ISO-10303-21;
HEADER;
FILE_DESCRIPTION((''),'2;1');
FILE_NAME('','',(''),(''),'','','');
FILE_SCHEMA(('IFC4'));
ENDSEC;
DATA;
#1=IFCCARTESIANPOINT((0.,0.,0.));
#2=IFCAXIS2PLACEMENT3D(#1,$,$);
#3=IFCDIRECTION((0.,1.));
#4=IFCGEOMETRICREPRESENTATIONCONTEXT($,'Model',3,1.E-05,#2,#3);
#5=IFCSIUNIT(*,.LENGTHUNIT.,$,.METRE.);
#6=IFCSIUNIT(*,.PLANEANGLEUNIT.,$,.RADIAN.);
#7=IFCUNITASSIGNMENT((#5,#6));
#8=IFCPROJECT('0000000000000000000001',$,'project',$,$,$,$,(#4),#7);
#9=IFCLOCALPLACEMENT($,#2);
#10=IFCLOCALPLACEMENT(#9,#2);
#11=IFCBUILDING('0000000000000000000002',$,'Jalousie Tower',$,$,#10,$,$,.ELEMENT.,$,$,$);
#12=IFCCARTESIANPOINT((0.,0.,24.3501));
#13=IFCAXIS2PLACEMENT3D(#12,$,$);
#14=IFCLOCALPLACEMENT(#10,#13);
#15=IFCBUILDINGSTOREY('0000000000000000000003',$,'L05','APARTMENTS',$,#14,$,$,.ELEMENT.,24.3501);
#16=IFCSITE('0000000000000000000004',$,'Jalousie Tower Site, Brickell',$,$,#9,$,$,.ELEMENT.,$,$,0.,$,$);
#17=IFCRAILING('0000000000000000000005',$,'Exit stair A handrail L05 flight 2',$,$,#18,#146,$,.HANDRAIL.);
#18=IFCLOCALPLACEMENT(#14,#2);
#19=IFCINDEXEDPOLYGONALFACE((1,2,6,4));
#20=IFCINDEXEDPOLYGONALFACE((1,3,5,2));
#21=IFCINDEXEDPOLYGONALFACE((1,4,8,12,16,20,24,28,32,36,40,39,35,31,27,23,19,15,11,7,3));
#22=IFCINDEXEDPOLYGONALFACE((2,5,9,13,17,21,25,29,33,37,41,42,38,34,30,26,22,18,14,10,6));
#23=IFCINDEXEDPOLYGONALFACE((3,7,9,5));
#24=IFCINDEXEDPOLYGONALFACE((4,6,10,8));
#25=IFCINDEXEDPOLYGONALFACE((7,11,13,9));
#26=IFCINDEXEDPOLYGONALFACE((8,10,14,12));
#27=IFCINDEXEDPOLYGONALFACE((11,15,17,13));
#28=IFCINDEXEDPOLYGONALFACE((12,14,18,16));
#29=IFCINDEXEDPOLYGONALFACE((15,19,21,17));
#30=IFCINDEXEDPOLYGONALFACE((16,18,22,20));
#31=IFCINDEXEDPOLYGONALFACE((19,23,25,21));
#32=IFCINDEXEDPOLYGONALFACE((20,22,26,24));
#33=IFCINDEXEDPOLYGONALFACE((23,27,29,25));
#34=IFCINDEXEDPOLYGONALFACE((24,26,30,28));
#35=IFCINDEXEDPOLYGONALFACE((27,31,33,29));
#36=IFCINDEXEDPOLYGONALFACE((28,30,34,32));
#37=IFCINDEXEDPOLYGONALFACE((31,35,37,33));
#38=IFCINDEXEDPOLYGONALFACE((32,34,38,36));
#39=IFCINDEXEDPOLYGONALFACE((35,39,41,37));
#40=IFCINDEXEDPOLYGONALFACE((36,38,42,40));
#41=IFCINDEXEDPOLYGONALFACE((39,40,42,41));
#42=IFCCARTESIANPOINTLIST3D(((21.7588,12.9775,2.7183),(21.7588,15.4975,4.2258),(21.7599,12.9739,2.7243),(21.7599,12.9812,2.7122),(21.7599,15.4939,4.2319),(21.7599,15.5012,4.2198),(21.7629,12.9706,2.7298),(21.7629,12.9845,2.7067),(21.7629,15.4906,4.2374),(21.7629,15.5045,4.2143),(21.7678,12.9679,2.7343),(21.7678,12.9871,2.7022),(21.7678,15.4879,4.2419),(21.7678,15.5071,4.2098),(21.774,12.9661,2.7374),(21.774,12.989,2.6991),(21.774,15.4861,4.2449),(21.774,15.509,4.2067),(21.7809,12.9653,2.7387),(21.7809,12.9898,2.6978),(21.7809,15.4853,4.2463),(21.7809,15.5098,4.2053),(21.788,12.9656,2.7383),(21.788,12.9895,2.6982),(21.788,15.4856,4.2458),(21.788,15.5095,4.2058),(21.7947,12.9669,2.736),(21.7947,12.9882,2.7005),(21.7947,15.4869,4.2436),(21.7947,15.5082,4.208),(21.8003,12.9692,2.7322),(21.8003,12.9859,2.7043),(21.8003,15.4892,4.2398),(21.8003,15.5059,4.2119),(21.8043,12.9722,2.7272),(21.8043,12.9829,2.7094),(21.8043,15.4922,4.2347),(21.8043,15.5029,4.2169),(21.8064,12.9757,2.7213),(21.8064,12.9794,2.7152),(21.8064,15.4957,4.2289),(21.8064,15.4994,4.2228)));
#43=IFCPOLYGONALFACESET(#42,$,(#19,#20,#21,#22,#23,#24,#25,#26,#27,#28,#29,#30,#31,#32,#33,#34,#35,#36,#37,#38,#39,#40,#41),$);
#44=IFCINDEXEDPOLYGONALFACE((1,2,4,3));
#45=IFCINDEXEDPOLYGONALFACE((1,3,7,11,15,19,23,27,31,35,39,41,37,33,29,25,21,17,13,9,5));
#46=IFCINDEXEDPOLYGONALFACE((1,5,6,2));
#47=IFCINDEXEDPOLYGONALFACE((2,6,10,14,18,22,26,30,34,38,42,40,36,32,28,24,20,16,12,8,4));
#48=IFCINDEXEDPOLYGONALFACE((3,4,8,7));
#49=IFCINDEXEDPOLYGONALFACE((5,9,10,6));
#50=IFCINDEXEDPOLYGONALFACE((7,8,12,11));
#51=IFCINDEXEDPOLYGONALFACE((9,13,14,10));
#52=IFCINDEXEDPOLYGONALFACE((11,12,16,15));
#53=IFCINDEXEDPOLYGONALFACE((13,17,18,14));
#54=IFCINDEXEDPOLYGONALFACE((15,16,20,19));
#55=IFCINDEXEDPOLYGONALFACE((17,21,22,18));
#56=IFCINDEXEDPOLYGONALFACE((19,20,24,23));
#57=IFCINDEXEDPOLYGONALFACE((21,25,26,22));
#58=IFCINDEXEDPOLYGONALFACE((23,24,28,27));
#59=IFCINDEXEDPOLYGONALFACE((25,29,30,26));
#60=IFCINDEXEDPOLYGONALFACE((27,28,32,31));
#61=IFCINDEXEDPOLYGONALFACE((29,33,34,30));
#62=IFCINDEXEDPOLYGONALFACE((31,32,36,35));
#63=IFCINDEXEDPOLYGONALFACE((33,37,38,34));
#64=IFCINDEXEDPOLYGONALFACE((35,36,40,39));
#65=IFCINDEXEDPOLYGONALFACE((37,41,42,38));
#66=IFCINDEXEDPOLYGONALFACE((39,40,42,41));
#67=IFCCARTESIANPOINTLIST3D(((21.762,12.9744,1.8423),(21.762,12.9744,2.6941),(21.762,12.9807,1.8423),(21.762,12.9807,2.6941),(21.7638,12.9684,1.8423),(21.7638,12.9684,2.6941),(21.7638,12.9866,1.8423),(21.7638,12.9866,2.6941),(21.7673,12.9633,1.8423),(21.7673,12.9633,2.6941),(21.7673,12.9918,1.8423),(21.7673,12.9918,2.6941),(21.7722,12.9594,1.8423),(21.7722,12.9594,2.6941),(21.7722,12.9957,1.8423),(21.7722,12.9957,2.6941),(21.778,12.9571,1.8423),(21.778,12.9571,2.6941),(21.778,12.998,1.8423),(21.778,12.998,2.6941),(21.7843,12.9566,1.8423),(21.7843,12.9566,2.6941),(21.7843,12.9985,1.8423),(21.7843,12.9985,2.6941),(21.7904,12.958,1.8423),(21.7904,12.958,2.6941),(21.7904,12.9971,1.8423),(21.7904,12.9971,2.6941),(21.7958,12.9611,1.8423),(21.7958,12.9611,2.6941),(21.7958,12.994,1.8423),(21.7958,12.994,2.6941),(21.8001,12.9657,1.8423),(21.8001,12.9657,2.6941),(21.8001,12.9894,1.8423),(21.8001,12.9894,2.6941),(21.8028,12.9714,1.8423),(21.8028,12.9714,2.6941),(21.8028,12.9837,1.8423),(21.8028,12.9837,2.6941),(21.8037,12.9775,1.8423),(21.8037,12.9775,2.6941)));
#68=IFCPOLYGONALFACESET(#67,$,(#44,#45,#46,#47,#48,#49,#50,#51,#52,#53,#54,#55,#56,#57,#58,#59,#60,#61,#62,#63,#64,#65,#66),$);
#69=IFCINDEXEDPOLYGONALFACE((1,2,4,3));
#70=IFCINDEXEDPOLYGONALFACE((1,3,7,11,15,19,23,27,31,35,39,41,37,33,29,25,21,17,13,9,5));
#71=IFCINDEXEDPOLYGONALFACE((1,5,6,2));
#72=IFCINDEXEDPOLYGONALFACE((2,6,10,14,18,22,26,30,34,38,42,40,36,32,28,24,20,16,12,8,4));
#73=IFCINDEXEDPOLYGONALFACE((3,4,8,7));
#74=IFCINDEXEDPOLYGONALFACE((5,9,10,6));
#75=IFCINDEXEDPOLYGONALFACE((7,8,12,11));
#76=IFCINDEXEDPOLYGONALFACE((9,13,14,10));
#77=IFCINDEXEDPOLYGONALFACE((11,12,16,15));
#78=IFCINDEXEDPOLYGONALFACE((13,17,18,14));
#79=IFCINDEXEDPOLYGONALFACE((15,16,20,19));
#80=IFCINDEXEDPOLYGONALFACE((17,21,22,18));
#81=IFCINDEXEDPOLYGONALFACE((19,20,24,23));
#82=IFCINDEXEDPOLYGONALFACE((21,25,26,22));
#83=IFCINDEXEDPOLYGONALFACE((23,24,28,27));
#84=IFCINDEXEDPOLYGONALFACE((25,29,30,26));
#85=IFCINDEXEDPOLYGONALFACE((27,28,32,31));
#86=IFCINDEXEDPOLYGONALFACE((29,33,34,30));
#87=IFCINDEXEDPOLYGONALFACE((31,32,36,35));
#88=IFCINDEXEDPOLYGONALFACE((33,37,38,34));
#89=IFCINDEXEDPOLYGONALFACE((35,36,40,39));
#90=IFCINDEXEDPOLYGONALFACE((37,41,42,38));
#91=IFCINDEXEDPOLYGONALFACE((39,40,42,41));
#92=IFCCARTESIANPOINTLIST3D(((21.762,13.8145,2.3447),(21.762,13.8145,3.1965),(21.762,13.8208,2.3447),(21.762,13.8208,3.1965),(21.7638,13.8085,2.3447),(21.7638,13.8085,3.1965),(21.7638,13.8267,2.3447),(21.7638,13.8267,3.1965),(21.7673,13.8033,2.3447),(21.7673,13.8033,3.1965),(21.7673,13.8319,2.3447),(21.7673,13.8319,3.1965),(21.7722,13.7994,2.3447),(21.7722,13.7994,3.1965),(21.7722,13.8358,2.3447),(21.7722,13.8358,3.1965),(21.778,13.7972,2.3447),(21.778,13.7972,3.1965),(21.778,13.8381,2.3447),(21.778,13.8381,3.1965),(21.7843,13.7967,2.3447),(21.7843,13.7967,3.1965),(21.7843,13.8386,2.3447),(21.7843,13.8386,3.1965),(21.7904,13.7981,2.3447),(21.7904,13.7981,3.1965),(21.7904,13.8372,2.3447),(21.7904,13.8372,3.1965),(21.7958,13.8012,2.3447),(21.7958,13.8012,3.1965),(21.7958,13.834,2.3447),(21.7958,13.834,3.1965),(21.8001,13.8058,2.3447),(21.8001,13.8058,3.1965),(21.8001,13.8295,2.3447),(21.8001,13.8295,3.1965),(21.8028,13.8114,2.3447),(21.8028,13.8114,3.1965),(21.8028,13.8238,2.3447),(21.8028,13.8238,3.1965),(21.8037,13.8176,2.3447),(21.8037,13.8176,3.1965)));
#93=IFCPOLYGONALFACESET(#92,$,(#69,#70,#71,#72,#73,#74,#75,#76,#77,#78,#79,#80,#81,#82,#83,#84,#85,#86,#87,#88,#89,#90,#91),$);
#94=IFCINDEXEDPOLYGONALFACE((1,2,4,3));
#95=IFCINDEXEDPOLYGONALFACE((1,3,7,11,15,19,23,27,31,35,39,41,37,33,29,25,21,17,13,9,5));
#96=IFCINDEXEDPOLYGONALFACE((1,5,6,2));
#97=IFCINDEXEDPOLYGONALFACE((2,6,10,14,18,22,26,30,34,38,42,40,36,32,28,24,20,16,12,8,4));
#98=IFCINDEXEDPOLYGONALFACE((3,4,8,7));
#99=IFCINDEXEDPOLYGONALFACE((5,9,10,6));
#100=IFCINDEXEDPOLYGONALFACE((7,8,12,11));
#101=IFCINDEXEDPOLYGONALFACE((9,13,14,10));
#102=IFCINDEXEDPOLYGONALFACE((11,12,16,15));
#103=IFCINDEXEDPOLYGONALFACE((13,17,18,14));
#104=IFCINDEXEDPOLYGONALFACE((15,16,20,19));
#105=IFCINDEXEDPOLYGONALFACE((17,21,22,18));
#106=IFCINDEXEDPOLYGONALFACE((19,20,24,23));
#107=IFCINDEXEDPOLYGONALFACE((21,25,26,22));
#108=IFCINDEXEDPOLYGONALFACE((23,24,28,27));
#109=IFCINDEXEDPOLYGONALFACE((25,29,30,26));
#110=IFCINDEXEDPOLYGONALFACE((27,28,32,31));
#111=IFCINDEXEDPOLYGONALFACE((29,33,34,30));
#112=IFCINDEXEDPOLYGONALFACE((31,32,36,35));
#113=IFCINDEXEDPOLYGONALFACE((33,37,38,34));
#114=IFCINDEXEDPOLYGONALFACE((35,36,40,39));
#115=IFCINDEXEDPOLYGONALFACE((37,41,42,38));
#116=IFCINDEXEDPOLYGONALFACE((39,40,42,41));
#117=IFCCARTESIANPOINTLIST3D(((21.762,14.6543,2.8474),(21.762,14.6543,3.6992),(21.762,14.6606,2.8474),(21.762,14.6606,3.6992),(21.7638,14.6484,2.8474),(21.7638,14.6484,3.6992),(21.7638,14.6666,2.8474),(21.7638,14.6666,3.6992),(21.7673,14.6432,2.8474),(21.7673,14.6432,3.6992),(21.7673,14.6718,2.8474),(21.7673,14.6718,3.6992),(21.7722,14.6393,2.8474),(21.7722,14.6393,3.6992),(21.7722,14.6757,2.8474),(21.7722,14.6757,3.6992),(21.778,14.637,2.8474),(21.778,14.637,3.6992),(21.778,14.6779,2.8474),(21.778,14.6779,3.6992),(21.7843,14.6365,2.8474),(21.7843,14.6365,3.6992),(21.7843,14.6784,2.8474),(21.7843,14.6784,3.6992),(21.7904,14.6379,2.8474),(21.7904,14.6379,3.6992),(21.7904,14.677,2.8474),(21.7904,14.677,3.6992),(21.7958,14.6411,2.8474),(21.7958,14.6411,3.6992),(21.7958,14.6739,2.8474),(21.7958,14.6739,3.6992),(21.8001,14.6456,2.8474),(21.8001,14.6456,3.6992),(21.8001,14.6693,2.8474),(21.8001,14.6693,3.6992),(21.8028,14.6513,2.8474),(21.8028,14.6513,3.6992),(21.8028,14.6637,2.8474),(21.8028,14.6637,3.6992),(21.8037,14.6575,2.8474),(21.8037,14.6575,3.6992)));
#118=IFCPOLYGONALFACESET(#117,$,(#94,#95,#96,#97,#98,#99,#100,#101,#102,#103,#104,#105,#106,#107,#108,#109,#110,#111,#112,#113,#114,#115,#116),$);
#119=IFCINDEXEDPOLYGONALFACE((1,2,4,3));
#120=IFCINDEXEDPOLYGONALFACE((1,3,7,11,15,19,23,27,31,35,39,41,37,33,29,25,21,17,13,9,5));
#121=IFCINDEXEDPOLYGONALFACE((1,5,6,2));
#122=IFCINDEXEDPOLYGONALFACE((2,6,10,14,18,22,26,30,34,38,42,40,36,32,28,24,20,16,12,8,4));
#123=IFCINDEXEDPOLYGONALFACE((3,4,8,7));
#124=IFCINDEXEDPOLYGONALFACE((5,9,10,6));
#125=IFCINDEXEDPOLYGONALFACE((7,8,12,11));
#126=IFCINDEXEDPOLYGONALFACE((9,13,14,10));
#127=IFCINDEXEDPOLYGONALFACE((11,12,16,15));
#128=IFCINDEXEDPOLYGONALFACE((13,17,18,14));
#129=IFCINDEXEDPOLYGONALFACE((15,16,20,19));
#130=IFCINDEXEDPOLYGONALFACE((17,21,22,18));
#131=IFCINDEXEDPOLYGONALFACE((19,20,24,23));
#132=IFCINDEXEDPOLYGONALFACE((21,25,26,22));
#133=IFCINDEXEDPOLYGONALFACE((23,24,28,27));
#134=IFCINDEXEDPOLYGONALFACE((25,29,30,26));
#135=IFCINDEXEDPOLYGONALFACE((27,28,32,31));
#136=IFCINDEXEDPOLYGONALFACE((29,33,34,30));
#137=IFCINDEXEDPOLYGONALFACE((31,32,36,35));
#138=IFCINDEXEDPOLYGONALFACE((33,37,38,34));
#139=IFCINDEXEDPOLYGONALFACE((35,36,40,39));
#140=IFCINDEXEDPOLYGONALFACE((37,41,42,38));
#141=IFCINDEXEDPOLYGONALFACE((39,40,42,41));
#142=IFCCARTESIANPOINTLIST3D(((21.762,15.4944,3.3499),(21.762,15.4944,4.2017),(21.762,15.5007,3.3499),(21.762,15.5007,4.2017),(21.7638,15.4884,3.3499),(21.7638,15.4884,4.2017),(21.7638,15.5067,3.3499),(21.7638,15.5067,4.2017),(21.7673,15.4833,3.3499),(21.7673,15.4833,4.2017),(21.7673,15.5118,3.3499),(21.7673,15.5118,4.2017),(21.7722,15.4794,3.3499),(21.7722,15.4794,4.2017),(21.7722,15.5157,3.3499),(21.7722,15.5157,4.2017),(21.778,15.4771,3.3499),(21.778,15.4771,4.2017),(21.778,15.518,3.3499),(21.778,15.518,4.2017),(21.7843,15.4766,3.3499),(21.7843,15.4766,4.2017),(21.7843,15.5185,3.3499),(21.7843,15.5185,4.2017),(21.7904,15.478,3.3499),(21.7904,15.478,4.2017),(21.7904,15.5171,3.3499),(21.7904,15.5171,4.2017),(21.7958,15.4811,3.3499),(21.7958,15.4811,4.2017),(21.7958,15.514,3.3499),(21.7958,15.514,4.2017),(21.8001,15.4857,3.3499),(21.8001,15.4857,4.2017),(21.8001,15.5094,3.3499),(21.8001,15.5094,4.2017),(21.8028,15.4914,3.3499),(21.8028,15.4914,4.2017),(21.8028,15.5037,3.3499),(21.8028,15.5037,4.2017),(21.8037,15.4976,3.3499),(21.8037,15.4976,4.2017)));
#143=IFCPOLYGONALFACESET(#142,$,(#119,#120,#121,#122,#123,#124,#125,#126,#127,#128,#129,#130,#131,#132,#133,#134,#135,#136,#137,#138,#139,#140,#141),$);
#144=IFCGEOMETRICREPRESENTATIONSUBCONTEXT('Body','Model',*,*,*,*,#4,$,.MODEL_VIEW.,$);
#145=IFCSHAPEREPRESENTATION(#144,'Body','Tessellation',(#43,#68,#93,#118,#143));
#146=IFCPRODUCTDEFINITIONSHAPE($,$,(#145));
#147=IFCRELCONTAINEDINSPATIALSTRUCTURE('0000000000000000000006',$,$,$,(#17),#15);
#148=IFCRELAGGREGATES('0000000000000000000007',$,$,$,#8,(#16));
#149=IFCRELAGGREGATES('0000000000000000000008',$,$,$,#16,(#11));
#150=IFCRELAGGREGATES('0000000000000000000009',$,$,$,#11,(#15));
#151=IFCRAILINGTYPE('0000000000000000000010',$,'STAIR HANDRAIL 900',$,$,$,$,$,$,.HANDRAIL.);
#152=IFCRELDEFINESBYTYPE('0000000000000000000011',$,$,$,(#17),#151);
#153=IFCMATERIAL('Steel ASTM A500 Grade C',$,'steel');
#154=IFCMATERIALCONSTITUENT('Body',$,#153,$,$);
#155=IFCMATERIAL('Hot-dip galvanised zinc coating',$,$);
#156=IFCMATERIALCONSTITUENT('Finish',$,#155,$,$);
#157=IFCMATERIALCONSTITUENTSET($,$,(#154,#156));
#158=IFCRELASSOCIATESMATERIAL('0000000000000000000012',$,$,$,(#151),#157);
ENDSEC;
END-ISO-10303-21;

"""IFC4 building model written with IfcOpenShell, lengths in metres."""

from ifc_helpers import new_model, si_unit, direction, frame, origin, origin_2d, place, context, subcontext, project, spatial, circle, extrude, material, constituent, constituent_set, type_object, element, save


model = new_model("IFC4")

# Units and contexts
model_context = context("Model", 3, precision=1e-05, world=origin(), true_north=direction((0.0, 1.0)))
body_context = subcontext(model_context, "Body", "Model", "MODEL_VIEW")
ifc_project = project(units=[si_unit("LENGTHUNIT", "METRE"), si_unit("PLANEANGLEUNIT", "RADIAN")], contexts=[model_context])

# Site, building, storey
site_placement = place(None, origin())
site = spatial("IfcSite", under=ifc_project, at=site_placement, Name="Jalousie Tower Site, Brickell", CompositionType="ELEMENT", RefElevation=0.0)
building_placement = place(site_placement, origin())
building = spatial("IfcBuilding", under=site, at=building_placement, Name="Jalousie Tower", CompositionType="ELEMENT")
storey_placement = place(building_placement, frame((0.0, 0.0, 24.3501)))
storey = spatial("IfcBuildingStorey", under=building, at=storey_placement, Name="L05", Description="APARTMENTS", CompositionType="ELEMENT", Elevation=24.3501)

# Railing
ifc_material_1 = material(Name="Steel ASTM A500 Grade C", Category="steel")
ifc_constituent_1 = constituent(ifc_material_1, Name="Body")
ifc_material_2 = material(Name="Hot-dip galvanised zinc coating")
ifc_constituent_2 = constituent(ifc_material_2, Name="Finish")
ifc_constituent_set_1 = constituent_set(constituents=[ifc_constituent_1, ifc_constituent_2])
railing_type_1 = type_object("IfcRailingType", Name="STAIR HANDRAIL 900", PredefinedType="HANDRAIL", material=ifc_constituent_set_1)
railing_1_placement = place(storey_placement, frame((21.7827, 12.9775, 1.8423)))
element("IfcRailing", 1, at=railing_1_placement, inside=storey, type_object=railing_type_1, Name="Exit stair A handrail L05 flight 2", PredefinedType="HANDRAIL", context=body_context, shape_type="SweptSolid", body=[
    extrude(circle(Radius=0.0239, at=origin_2d()), frame((0.0, 0.0, 0.876), z_axis=(0.0, 0.85816, 0.513383), x_axis=(-1.0, 0.0, 0.0)), (0.0, 0.0, 1.0), 2.9365),
    extrude(circle(Radius=0.021, at=origin_2d()), origin(), (0.0, 0.0, 1.0), 0.8518),
    extrude(circle(Radius=0.021, at=origin_2d()), frame((0.0, 0.8401, 0.5024)), (0.0, 0.0, 1.0), 0.8518),
    extrude(circle(Radius=0.021, at=origin_2d()), frame((0.0, 1.6799, 1.0051)), (0.0, 0.0, 1.0), 0.8518),
    extrude(circle(Radius=0.021, at=origin_2d()), frame((0.0, 2.52, 1.5076)), (0.0, 0.0, 1.0), 0.8518),
])

save(model, "model.ifc")
